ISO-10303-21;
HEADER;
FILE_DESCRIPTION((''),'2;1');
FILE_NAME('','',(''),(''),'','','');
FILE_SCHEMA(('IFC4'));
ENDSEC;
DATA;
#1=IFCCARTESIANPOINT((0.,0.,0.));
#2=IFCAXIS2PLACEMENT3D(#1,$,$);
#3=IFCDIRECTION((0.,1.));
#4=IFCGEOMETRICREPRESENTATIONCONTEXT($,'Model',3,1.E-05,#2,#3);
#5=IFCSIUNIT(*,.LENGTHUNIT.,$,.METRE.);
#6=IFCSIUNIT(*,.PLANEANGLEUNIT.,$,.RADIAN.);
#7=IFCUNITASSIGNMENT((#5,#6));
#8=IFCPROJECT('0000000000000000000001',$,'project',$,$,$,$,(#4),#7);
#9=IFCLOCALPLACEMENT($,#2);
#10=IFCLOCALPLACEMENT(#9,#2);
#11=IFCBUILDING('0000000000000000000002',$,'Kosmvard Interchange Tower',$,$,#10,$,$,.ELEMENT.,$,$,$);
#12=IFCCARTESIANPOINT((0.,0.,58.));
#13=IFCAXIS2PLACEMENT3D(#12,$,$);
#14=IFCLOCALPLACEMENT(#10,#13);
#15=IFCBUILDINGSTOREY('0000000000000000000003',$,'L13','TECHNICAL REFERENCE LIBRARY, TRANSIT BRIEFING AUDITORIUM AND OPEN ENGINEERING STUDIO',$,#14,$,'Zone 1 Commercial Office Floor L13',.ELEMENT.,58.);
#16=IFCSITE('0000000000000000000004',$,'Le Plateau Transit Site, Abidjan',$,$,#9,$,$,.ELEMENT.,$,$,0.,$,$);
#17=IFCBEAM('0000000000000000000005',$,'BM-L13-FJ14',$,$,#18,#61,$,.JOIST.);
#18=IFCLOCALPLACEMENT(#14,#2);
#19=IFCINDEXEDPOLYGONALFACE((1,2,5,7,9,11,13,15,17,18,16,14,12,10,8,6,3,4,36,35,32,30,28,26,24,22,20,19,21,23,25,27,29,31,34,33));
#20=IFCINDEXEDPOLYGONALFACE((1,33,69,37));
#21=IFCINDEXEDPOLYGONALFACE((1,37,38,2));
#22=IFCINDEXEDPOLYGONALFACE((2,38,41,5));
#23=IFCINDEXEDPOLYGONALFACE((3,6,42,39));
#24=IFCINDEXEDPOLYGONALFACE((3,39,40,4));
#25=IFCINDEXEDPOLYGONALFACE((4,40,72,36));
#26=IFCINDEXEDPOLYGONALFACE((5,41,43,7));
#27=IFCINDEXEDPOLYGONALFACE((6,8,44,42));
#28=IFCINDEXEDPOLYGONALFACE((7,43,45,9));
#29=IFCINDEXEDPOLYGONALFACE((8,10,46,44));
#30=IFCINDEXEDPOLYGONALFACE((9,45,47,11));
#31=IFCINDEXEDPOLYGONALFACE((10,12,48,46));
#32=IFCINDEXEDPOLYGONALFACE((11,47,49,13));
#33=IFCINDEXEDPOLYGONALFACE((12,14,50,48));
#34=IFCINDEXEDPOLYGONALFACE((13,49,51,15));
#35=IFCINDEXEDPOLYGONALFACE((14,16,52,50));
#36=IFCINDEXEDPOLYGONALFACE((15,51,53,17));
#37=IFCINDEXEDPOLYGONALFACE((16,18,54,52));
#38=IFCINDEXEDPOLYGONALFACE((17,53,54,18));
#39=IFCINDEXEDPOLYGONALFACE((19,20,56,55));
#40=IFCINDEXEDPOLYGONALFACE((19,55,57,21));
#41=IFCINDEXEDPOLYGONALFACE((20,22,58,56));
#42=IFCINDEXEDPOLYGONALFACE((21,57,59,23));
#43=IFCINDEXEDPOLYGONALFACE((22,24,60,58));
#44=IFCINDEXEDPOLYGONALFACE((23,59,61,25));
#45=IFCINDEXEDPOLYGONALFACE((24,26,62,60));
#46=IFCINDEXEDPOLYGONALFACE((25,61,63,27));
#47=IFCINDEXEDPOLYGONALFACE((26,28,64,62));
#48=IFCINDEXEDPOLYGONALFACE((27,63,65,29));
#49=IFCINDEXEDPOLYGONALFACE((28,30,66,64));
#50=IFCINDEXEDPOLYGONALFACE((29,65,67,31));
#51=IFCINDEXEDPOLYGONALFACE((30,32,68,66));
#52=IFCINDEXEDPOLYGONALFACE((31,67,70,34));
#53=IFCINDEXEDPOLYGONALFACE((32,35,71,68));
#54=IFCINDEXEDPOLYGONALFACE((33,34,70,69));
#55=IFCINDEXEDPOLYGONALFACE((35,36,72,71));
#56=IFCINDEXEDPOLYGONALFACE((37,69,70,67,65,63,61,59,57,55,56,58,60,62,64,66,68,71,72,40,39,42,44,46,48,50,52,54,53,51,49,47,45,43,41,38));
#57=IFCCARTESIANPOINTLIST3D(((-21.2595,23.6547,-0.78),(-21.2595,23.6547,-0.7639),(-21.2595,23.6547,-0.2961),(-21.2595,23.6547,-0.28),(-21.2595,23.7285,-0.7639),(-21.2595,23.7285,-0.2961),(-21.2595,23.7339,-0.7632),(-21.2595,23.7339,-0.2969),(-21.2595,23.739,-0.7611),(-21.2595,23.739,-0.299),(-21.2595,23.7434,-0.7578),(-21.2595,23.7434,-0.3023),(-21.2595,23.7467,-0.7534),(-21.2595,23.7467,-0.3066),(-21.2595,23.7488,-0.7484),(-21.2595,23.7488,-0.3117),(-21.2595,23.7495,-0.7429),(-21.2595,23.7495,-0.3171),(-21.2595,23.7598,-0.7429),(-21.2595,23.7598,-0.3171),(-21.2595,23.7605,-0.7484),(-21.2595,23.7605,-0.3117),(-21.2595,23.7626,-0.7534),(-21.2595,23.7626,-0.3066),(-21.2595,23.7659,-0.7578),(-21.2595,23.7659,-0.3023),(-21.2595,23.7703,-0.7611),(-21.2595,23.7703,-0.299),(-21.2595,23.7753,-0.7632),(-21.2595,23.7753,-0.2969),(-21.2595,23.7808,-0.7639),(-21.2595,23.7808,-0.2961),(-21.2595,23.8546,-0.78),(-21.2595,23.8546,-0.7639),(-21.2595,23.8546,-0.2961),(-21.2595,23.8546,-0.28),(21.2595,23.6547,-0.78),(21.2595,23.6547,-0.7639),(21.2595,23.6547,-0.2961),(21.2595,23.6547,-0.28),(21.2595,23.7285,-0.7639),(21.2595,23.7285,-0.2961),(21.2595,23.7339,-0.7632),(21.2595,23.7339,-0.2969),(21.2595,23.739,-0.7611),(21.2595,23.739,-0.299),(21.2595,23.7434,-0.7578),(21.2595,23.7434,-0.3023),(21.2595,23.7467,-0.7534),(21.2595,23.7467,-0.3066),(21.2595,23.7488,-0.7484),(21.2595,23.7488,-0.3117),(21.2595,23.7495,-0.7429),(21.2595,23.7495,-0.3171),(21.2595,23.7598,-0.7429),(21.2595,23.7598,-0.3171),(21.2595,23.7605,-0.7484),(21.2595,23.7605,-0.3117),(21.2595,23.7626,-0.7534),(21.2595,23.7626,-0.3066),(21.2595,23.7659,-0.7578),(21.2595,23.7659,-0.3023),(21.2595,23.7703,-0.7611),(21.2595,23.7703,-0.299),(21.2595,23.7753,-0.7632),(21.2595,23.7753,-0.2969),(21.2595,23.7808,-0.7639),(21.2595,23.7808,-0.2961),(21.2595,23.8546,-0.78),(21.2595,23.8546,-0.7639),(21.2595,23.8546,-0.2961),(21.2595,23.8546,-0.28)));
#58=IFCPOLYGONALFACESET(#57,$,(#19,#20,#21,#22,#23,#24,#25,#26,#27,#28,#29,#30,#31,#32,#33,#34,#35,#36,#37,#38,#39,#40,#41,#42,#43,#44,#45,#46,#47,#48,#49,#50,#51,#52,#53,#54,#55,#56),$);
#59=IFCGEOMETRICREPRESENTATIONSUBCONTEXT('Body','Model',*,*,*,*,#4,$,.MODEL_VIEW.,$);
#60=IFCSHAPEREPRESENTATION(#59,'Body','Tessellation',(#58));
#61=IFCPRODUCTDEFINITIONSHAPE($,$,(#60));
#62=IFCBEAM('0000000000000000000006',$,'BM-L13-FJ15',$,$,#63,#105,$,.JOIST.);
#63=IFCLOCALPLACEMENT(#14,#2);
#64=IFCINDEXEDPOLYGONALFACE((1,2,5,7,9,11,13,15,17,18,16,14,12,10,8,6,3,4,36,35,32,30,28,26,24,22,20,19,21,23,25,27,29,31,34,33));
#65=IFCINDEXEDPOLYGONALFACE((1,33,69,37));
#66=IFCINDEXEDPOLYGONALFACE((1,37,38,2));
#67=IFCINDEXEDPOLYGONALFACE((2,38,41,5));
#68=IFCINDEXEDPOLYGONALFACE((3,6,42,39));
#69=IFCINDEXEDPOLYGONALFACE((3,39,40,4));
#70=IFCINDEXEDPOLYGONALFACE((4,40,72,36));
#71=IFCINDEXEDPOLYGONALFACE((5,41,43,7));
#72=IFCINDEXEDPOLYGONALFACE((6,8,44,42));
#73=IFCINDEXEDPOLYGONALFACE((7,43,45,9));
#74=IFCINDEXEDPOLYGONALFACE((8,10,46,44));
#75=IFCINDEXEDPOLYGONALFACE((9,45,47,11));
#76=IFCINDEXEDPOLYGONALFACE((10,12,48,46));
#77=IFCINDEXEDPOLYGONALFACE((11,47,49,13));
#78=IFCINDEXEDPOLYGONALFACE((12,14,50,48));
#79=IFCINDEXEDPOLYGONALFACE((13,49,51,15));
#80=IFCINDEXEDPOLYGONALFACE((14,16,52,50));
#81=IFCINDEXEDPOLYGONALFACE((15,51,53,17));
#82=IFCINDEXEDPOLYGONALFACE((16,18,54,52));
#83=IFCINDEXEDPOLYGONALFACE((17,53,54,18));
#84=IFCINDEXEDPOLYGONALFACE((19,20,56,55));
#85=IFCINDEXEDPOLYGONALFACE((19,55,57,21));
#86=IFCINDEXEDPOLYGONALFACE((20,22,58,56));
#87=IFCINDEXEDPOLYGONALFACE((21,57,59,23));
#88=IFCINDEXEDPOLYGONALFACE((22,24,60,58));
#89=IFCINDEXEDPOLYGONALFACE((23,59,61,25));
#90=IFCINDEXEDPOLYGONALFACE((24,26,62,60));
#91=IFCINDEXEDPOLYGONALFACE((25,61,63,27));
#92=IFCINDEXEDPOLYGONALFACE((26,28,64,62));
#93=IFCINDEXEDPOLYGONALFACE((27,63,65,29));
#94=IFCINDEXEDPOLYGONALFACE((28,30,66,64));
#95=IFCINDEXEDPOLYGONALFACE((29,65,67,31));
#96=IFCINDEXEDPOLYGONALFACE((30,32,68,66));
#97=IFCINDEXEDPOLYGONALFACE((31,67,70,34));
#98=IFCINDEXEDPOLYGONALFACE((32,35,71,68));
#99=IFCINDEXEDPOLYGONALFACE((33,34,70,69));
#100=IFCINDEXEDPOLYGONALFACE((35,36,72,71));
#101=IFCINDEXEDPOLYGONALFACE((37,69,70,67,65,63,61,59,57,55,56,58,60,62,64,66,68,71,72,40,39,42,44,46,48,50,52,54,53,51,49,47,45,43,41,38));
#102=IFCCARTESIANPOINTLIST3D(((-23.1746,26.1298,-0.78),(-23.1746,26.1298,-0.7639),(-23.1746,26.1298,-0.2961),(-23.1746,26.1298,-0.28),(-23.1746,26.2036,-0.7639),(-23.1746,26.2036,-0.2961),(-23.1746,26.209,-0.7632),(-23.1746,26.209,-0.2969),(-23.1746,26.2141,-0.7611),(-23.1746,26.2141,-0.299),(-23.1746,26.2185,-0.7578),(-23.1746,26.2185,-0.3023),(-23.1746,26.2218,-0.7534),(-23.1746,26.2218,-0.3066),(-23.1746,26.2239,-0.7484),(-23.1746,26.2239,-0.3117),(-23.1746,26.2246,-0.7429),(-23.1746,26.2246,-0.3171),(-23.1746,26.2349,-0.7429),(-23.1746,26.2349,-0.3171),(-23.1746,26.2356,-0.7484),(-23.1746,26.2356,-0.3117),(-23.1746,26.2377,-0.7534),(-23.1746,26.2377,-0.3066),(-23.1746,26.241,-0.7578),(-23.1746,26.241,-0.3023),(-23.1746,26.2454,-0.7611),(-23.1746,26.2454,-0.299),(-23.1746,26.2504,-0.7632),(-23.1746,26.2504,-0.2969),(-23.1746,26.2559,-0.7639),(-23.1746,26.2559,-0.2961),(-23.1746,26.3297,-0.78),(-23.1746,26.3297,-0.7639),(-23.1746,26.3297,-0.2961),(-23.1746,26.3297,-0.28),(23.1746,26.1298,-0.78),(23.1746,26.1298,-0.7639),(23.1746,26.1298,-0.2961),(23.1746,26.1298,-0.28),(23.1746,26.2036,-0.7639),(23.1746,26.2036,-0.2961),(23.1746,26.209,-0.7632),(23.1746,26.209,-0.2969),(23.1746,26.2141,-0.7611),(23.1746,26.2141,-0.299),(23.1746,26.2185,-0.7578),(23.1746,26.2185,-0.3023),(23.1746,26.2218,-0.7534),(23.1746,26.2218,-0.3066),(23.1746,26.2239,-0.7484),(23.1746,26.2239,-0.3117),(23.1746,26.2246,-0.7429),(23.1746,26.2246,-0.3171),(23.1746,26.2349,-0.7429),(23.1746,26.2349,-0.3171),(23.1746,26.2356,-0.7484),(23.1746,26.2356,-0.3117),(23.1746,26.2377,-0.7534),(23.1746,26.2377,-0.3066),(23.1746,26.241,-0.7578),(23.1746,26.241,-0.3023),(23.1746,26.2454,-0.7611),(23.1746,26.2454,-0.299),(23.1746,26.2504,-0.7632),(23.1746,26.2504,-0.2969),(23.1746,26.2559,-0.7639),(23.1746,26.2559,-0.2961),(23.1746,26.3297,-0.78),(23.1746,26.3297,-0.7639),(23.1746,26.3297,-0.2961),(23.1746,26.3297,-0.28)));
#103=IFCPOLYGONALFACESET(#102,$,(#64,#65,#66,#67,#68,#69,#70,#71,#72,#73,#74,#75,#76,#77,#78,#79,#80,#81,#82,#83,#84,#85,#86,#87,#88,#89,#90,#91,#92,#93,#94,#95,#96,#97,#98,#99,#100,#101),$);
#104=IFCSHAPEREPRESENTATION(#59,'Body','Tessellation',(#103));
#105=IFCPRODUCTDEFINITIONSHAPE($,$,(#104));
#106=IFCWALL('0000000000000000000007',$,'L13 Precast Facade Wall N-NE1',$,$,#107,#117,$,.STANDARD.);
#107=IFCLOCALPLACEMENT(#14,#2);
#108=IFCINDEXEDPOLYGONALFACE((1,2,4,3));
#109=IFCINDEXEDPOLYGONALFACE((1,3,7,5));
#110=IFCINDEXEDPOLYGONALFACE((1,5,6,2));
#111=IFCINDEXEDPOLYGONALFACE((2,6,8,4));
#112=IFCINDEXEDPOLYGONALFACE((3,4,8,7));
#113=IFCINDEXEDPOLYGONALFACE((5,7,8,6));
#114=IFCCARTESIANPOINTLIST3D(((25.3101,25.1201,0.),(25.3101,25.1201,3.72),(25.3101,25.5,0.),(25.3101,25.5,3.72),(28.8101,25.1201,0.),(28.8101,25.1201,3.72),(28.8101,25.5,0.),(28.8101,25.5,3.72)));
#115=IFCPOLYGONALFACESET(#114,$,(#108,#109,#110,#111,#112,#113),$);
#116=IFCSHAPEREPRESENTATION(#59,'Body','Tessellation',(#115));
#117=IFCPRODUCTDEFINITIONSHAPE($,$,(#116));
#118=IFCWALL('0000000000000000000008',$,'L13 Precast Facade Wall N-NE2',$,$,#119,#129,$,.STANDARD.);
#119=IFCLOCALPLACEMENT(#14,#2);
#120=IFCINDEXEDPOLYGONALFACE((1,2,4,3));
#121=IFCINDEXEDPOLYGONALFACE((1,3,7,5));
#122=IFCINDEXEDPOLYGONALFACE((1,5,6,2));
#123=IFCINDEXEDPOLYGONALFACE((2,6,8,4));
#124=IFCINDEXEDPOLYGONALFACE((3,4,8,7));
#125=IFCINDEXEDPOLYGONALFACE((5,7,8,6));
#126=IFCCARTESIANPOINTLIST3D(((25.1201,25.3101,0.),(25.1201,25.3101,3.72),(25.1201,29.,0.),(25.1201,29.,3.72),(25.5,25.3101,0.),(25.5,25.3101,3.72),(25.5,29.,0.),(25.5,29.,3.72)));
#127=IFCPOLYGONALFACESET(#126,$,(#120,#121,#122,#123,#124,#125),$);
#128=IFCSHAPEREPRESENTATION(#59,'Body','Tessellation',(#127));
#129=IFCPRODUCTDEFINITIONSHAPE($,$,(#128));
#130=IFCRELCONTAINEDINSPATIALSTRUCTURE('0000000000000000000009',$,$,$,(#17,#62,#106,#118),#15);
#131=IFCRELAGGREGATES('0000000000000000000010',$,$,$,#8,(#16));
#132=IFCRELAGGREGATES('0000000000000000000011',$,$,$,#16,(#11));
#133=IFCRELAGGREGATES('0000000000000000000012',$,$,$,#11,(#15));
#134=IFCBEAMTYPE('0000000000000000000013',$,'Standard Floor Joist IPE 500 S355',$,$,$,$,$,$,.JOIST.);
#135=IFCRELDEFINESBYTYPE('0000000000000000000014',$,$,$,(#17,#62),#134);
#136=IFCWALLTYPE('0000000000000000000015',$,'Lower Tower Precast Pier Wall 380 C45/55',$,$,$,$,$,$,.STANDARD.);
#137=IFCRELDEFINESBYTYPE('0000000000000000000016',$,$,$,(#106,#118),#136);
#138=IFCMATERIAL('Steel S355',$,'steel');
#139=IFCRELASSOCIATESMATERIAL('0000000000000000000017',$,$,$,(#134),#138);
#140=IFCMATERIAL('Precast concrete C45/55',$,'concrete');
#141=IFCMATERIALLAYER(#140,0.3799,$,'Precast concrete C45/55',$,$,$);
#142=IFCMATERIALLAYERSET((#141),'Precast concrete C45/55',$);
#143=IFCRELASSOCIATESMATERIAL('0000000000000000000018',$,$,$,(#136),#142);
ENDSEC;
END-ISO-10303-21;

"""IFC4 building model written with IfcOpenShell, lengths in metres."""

from ifc_helpers import new_model, si_unit, direction, frame, frame_2d, origin, origin_2d, place, context, subcontext, project, spatial, rectangle, i_section, extrude, source, transform, mapped, material, layer, layer_set, material_profile, profile_set, type_object, element, save


model = new_model("IFC4")

# Units and contexts
model_context = context("Model", 3, precision=1e-05, world=origin(), true_north=direction((0.0, 1.0)))
body_context = subcontext(model_context, "Body", "Model", "MODEL_VIEW")
ifc_project = project(units=[si_unit("LENGTHUNIT", "METRE"), si_unit("PLANEANGLEUNIT", "RADIAN")], contexts=[model_context])

# Site, building, storey
site_placement = place(None, origin())
site = spatial("IfcSite", under=ifc_project, at=site_placement, Name="Le Plateau Transit Site, Abidjan", CompositionType="ELEMENT", RefElevation=0.0)
building_placement = place(site_placement, origin())
building = spatial("IfcBuilding", under=site, at=building_placement, Name="Kosmvard Interchange Tower", CompositionType="ELEMENT")
storey_placement = place(building_placement, frame((0.0, 0.0, 58.0)))
storey = spatial("IfcBuildingStorey", under=building, at=storey_placement, Name="L13", Description="TECHNICAL REFERENCE LIBRARY, TRANSIT BRIEFING AUDITORIUM AND OPEN ENGINEERING STUDIO", LongName="Zone 1 Commercial Office Floor L13", CompositionType="ELEMENT", Elevation=58.0)

# Beams
ifc_material_1 = material(Name="Steel S355", Category="steel")
ifc_material_2 = material(Name="Precast concrete C45/55", Category="concrete")
ifc_material_profile_1 = material_profile(ifc_material_1, i_section(OverallWidth=0.2, OverallDepth=0.5, WebThickness=0.0103, FlangeThickness=0.0161, FilletRadius=0.021, at=origin_2d()), Name="IPE 500")
ifc_profile_set_1 = profile_set([ifc_material_profile_1], Name="Steel S355")
beam_type_1 = type_object("IfcBeamType", Name="Standard Floor Joist IPE 500 S355", PredefinedType="JOIST", material=ifc_profile_set_1)
shared_shape_1 = source(origin(), body_context, "Body", "SweptSolid", [
    extrude(i_section(OverallWidth=0.2, OverallDepth=0.5, WebThickness=0.0103, FlangeThickness=0.0161, FilletRadius=0.021, at=origin_2d()), origin(), (0.0, 0.0, 1.0), 42.519),
])
beam_1_placement = place(storey_placement, frame((21.2595, 23.7546, -0.53), z_axis=(-1.0, 0.0, 0.0), x_axis=(0.0, -1.0, 0.0)))
element("IfcBeam", 1, at=beam_1_placement, inside=storey, type_object=beam_type_1, Name="BM-L13-FJ14", PredefinedType="JOIST", context=body_context, shape_type="MappedRepresentation", body=[
    mapped(shared_shape_1, transform((0.0, 0.0, 0.0), scale=1.0)),
])
shared_shape_2 = source(origin(), body_context, "Body", "SweptSolid", [
    extrude(i_section(OverallWidth=0.2, OverallDepth=0.5, WebThickness=0.0103, FlangeThickness=0.0161, FilletRadius=0.021, at=origin_2d()), origin(), (0.0, 0.0, 1.0), 46.3491),
])
beam_2_placement = place(storey_placement, frame((23.1746, 26.2297, -0.53), z_axis=(-1.0, 0.0, 0.0), x_axis=(0.0, -1.0, 0.0)))
element("IfcBeam", 2, at=beam_2_placement, inside=storey, type_object=beam_type_1, Name="BM-L13-FJ15", PredefinedType="JOIST", context=body_context, shape_type="MappedRepresentation", body=[
    mapped(shared_shape_2, transform((0.0, 0.0, 0.0), scale=1.0)),
])

# Walls
ifc_layer_1 = layer(ifc_material_2, 0.3799, Name="Precast concrete C45/55")
ifc_layer_set_1 = layer_set([ifc_layer_1], Name="Precast concrete C45/55")
wall_type = type_object("IfcWallType", Name="Lower Tower Precast Pier Wall 380 C45/55", PredefinedType="STANDARD", material=ifc_layer_set_1)
wall_1_placement = place(storey_placement, frame((28.8101, 25.3101, 0.0), z_axis=(0.0, 0.0, 1.0), x_axis=(-1.0, 0.0, 0.0)))
element("IfcWall", 3, at=wall_1_placement, inside=storey, type_object=wall_type, Name="L13 Precast Facade Wall N-NE1", PredefinedType="STANDARD", context=body_context, shape_type="SweptSolid", body=[
    extrude(rectangle(XDim=3.5, YDim=0.3799, at=frame_2d((1.75, 0.0))), origin(), (0.0, 0.0, 1.0), 3.72),
])
wall_2_placement = place(storey_placement, frame((25.3101, 25.3101, 0.0), z_axis=(0.0, 0.0, 1.0), x_axis=(0.0, 1.0, 0.0)))
element("IfcWall", 4, at=wall_2_placement, inside=storey, type_object=wall_type, Name="L13 Precast Facade Wall N-NE2", PredefinedType="STANDARD", context=body_context, shape_type="SweptSolid", body=[
    extrude(rectangle(XDim=3.6899, YDim=0.3799, at=frame_2d((1.845, 0.0))), origin(), (0.0, 0.0, 1.0), 3.72),
])

save(model, "model.ifc")
